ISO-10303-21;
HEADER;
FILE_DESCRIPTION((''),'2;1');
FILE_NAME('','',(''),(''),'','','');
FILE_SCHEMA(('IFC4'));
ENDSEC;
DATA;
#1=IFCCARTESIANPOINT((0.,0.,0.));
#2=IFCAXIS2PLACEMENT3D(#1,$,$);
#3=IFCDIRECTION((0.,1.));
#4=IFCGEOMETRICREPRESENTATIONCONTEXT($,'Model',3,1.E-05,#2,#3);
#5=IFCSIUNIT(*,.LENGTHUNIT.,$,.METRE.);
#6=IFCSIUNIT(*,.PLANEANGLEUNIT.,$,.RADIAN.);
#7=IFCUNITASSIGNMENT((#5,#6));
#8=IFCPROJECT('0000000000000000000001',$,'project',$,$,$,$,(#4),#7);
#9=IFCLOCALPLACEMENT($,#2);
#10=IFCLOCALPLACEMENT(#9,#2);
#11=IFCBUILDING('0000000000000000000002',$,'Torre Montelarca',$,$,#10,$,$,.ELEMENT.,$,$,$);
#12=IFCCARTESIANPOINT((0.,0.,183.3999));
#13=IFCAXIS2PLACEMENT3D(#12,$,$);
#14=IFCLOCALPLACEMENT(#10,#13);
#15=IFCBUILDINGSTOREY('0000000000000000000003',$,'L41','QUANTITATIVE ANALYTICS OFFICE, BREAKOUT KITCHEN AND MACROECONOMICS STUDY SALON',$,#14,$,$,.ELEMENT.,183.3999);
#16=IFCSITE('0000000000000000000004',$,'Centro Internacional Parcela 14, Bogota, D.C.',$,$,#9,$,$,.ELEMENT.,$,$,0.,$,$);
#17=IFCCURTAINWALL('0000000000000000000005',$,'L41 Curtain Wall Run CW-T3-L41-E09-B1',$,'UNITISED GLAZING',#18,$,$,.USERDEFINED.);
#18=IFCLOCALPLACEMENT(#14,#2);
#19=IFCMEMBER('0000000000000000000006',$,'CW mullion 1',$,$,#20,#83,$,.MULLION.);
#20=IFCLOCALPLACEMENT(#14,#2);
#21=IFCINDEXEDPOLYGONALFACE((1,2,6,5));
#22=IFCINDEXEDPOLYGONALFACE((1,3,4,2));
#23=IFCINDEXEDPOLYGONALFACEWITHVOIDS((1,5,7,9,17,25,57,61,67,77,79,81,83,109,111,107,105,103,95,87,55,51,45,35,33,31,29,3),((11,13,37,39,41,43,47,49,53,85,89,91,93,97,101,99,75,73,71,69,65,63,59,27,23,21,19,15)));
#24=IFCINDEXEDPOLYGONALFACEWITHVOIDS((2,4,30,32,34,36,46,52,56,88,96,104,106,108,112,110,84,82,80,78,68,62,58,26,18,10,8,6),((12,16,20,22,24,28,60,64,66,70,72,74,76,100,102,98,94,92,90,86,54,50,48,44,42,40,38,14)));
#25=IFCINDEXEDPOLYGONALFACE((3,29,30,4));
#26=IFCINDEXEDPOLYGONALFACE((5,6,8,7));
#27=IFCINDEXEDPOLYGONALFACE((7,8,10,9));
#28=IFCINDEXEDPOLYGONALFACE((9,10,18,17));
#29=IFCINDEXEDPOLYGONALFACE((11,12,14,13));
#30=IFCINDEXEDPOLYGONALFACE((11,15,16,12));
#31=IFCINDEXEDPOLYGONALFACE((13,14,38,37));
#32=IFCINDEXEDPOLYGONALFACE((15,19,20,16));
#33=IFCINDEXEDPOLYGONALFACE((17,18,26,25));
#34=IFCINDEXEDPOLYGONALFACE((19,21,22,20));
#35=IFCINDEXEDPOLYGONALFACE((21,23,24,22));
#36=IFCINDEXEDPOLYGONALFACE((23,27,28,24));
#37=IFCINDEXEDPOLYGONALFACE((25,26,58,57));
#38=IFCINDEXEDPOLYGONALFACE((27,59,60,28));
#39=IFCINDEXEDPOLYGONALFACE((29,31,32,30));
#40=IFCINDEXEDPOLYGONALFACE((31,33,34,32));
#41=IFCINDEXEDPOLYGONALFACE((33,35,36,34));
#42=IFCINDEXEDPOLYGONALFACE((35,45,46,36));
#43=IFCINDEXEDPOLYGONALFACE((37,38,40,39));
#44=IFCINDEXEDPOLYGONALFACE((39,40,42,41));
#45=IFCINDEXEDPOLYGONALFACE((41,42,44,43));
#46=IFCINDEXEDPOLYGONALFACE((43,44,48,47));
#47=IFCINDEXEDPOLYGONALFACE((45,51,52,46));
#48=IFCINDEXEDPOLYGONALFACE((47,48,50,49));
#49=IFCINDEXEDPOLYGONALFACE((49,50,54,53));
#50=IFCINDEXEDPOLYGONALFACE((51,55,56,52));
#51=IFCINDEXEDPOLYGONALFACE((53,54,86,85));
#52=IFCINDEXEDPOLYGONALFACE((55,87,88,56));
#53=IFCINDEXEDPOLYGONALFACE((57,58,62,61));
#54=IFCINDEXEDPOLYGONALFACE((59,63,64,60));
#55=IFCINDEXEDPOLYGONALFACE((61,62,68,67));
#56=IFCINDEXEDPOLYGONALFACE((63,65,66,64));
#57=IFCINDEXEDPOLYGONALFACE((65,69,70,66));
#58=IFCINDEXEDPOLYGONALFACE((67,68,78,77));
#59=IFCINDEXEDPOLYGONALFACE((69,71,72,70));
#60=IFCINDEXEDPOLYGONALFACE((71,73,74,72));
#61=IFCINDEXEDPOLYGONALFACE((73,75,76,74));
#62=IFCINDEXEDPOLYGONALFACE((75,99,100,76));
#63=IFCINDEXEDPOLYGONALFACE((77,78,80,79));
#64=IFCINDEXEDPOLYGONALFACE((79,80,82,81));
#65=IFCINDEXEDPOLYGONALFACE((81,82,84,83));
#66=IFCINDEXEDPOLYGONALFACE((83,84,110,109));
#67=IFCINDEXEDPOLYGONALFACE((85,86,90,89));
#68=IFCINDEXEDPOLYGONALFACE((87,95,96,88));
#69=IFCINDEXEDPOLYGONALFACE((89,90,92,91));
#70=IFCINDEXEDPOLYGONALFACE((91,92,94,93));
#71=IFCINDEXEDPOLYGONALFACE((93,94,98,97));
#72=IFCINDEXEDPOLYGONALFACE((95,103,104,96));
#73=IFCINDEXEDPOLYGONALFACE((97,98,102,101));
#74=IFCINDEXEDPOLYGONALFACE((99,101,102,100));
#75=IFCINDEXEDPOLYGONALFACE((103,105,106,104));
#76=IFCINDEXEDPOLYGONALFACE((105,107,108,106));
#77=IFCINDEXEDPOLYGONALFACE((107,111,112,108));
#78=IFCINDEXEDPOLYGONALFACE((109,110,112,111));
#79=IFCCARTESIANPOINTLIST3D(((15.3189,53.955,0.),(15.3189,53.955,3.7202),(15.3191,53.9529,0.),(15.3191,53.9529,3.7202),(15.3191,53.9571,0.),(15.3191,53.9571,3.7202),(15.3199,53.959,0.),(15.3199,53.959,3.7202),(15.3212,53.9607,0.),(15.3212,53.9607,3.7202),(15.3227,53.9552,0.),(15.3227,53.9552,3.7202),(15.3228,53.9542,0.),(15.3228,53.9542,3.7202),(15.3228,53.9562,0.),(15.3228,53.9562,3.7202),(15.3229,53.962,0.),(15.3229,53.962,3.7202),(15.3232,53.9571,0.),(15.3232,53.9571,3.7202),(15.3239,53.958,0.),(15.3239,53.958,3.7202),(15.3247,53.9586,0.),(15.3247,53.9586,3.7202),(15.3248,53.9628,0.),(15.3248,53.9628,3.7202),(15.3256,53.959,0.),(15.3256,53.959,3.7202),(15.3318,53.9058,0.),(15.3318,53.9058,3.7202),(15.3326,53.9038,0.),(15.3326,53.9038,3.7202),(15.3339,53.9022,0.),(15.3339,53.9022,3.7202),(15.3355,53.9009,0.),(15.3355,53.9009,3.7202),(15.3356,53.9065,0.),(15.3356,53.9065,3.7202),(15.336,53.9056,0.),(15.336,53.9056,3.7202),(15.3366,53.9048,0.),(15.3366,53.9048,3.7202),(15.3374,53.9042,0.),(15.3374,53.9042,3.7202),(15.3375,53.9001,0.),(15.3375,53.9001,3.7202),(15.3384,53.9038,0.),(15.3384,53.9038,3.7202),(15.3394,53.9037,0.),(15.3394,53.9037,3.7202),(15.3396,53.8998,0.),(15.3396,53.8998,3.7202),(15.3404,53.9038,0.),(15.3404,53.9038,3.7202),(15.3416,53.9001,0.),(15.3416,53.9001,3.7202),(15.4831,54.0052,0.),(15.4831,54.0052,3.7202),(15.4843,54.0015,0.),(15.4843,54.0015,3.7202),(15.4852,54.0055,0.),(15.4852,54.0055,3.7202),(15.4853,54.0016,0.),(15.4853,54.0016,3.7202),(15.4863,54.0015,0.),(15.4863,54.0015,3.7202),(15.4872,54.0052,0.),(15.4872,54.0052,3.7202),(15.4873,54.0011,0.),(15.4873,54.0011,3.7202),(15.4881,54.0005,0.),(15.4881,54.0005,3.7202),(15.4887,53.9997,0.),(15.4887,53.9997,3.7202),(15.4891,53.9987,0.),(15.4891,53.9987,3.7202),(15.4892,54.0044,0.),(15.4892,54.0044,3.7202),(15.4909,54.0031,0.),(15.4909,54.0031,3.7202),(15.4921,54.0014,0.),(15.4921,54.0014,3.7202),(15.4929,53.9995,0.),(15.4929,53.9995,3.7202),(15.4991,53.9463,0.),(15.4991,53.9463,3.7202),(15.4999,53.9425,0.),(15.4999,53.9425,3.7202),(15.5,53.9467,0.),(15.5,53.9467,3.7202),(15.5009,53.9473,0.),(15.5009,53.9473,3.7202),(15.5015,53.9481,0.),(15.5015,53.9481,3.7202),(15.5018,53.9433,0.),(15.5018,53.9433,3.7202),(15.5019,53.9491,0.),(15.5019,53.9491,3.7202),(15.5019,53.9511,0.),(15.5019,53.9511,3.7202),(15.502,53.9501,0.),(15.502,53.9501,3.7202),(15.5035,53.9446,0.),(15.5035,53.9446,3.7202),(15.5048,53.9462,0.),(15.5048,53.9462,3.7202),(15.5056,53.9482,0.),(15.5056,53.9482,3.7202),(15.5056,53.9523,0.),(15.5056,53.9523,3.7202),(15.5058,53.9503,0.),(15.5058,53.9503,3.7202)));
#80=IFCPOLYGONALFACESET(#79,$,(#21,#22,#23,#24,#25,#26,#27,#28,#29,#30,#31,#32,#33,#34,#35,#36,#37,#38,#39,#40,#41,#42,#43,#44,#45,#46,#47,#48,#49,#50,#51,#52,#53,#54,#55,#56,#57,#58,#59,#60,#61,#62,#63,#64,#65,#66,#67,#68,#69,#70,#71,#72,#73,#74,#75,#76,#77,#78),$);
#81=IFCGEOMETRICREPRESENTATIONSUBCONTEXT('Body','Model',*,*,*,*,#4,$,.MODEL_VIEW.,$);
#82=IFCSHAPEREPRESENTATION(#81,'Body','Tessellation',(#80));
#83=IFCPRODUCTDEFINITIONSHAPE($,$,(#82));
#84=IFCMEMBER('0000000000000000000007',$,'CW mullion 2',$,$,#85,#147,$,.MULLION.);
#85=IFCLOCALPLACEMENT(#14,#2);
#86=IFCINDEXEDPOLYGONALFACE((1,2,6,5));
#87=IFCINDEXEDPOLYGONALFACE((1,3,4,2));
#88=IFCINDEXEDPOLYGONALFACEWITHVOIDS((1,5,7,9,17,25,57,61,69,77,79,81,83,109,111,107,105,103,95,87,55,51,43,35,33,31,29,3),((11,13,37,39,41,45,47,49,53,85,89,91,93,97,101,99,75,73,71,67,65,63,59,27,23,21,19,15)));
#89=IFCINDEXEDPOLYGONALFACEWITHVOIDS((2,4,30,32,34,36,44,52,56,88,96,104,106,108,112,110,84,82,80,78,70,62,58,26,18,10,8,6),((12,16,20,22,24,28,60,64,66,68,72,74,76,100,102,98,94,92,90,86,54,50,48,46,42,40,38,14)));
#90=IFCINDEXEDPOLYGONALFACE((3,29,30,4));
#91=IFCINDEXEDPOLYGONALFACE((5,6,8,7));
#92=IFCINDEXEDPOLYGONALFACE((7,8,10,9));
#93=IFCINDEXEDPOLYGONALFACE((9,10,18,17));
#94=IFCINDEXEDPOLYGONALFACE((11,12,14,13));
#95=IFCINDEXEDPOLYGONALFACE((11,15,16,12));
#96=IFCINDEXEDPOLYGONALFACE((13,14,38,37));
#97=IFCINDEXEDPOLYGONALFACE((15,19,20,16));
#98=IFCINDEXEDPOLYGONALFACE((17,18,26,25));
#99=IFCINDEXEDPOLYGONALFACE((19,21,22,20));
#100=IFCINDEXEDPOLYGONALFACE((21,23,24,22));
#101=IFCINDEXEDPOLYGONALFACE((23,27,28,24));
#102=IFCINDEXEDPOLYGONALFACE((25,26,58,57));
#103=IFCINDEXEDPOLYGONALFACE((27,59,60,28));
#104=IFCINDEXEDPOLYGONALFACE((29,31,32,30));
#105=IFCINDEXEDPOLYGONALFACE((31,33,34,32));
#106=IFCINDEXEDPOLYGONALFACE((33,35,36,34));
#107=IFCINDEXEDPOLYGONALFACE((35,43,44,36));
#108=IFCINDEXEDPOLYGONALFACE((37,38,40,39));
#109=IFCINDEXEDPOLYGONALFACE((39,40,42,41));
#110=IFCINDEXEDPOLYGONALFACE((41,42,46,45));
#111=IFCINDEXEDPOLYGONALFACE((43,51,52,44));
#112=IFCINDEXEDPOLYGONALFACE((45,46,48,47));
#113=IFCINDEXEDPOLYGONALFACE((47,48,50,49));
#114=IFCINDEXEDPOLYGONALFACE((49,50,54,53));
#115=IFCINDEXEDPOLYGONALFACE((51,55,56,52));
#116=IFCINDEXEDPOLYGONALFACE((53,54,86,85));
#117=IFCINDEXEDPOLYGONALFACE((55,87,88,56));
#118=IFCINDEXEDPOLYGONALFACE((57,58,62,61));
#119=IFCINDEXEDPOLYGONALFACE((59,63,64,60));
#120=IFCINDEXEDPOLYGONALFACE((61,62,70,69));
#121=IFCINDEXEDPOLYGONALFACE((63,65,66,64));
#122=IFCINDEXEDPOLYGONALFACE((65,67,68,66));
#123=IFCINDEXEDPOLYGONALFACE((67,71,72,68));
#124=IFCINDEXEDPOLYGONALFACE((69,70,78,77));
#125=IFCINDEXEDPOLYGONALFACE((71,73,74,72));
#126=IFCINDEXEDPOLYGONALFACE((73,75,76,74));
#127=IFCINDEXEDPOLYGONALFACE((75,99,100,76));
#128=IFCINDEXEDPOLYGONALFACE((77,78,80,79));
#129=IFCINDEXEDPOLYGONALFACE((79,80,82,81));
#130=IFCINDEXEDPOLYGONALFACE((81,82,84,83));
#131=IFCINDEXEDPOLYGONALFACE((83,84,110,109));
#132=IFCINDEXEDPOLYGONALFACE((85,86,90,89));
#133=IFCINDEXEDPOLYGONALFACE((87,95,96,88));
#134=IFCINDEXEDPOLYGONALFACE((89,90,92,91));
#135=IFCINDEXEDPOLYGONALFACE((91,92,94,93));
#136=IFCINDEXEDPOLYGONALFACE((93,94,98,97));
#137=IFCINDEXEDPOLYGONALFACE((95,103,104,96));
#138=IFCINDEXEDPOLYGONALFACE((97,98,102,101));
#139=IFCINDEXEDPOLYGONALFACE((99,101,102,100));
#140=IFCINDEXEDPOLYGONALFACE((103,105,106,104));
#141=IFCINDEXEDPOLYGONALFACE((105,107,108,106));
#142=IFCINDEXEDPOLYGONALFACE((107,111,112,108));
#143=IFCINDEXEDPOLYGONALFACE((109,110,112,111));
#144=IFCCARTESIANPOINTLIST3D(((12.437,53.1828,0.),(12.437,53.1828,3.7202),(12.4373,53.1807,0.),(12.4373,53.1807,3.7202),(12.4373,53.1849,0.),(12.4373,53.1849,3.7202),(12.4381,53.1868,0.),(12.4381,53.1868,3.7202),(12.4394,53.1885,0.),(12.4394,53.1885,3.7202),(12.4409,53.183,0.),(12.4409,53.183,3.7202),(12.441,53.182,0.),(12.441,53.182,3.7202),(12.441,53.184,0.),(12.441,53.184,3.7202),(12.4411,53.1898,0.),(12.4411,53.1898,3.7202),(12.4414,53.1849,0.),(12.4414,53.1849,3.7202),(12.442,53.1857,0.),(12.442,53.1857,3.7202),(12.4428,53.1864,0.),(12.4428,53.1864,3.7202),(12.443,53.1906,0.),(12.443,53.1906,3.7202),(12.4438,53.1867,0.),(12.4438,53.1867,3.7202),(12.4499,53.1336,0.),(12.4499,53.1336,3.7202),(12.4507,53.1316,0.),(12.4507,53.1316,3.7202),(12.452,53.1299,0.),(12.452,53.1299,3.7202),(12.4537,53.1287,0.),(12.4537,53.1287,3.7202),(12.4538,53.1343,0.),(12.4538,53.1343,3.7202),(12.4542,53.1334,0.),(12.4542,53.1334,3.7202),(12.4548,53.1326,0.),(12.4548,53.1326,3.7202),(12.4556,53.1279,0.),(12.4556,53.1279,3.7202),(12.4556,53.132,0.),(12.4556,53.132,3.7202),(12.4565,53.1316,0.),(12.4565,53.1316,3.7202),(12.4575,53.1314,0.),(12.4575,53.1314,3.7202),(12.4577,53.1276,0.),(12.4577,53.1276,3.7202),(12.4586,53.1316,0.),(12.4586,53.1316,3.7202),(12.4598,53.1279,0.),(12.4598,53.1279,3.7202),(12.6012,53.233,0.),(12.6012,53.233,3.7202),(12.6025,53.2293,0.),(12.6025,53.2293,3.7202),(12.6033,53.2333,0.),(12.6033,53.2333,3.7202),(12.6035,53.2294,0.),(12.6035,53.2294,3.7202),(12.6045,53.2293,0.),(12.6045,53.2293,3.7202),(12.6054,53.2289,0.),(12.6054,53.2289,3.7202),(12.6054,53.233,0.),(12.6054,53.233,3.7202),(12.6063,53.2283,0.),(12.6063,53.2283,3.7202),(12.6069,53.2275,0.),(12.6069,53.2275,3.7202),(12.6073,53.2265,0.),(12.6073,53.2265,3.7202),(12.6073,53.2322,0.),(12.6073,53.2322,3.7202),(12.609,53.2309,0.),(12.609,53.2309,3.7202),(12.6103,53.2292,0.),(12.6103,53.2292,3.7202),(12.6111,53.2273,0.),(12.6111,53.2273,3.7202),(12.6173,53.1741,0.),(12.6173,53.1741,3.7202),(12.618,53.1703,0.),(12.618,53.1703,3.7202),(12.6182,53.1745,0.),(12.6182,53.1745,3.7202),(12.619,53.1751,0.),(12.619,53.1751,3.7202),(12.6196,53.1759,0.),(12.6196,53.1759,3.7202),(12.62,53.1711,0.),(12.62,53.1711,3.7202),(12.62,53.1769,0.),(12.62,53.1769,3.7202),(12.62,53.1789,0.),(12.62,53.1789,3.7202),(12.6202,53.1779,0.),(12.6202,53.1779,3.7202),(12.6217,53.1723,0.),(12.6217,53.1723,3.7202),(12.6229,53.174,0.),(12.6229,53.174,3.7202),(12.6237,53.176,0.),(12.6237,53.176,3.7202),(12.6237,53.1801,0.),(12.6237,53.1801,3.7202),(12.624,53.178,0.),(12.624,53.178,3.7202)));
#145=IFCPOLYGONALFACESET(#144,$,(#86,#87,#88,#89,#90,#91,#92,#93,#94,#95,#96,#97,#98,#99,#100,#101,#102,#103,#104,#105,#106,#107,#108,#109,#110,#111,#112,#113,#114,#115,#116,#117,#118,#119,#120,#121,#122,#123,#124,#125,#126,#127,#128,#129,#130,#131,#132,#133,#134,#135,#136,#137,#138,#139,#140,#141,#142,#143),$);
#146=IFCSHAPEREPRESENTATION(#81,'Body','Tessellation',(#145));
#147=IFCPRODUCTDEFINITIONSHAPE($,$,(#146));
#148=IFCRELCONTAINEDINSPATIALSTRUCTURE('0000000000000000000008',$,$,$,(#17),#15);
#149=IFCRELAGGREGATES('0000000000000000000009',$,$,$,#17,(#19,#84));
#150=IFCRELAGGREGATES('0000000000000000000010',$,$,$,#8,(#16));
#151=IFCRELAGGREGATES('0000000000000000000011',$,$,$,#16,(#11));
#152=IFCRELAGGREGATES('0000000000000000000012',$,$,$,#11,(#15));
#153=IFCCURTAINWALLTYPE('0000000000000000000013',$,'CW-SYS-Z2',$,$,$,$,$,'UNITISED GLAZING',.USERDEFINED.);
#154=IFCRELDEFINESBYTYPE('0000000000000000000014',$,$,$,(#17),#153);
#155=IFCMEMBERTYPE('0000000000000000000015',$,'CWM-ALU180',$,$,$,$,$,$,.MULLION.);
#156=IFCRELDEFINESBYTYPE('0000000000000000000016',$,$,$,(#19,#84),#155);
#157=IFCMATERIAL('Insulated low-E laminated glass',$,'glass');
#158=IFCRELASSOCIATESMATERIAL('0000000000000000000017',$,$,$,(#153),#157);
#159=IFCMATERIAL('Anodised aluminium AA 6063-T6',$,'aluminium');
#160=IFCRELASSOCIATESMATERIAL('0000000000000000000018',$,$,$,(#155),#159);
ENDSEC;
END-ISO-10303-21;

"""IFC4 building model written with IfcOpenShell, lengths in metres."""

from ifc_helpers import new_model, si_unit, direction, frame, origin, origin_2d, place, context, subcontext, project, spatial, hollow_rectangle, extrude, source, transform, mapped, material, material_profile, profile_set, type_object, element, aggregate, save


model = new_model("IFC4")

# Units and contexts
model_context = context("Model", 3, precision=1e-05, world=origin(), true_north=direction((0.0, 1.0)))
body_context = subcontext(model_context, "Body", "Model", "MODEL_VIEW")
ifc_project = project(units=[si_unit("LENGTHUNIT", "METRE"), si_unit("PLANEANGLEUNIT", "RADIAN")], contexts=[model_context])

# Site, building, storey
site_placement = place(None, origin())
site = spatial("IfcSite", under=ifc_project, at=site_placement, Name="Centro Internacional Parcela 14, Bogota, D.C.", CompositionType="ELEMENT", RefElevation=0.0)
building_placement = place(site_placement, origin())
building = spatial("IfcBuilding", under=site, at=building_placement, Name="Torre Montelarca", CompositionType="ELEMENT")
storey_placement = place(building_placement, frame((0.0, 0.0, 183.3999)))
storey = spatial("IfcBuildingStorey", under=building, at=storey_placement, Name="L41", Description="QUANTITATIVE ANALYTICS OFFICE, BREAKOUT KITCHEN AND MACROECONOMICS STUDY SALON", CompositionType="ELEMENT", Elevation=183.3999)

# Curtain wall, members
ifc_material_1 = material(Name="Insulated low-E laminated glass", Category="glass")
curtain_wall_type = type_object("IfcCurtainWallType", Name="CW-SYS-Z2", ElementType="UNITISED GLAZING", PredefinedType="USERDEFINED", material=ifc_material_1)
curtain_wall_1_placement = place(storey_placement, origin())
curtain_wall_1 = element("IfcCurtainWall", 1, at=curtain_wall_1_placement, inside=storey, type_object=curtain_wall_type, Name="L41 Curtain Wall Run CW-T3-L41-E09-B1", ObjectType="UNITISED GLAZING", PredefinedType="USERDEFINED")
ifc_material_2 = material(Name="Anodised aluminium AA 6063-T6", Category="aluminium")
ifc_material_profile_1 = material_profile(ifc_material_2, hollow_rectangle(XDim=0.0649, YDim=0.1799, WallThickness=0.0039, InnerFilletRadius=0.0039, OuterFilletRadius=0.0081, at=origin_2d()), Name="ALU65X180X4", Category="aluminium")
ifc_profile_set_1 = profile_set([ifc_material_profile_1], Name="Anodised aluminium AA 6063-T6")
member_type_1 = type_object("IfcMemberType", Name="CWM-ALU180", PredefinedType="MULLION", material=ifc_profile_set_1)
shared_shape_1 = source(origin(), body_context, "Body", "SweptSolid", [
    extrude(hollow_rectangle(XDim=0.0649, YDim=0.1799, WallThickness=0.0039, InnerFilletRadius=0.0039, OuterFilletRadius=0.0081, at=origin_2d()), origin(), (0.0, 0.0, 1.0), 3.7202),
])
member_1_placement = place(storey_placement, frame((15.4124, 53.9526, 0.0), z_axis=(0.0, 0.0, 1.0), x_axis=(0.258814, -0.965927, 0.0)))
member_1 = element("IfcMember", 2, at=member_1_placement, type_object=member_type_1, Name="CW mullion 1", PredefinedType="MULLION", context=body_context, shape_type="MappedRepresentation", body=[
    mapped(shared_shape_1, transform((0.0, 0.0, 0.0), scale=1.0)),
])
member_2_placement = place(storey_placement, frame((12.5305, 53.1804, 0.0), z_axis=(0.0, 0.0, 1.0), x_axis=(0.258814, -0.965927, 0.0)))
member_2 = element("IfcMember", 3, at=member_2_placement, type_object=member_type_1, Name="CW mullion 2", PredefinedType="MULLION", context=body_context, shape_type="MappedRepresentation", body=[
    mapped(shared_shape_1, transform((0.0, 0.0, 0.0), scale=1.0)),
])

aggregate(curtain_wall_1, [member_1, member_2])

save(model, "model.ifc")
